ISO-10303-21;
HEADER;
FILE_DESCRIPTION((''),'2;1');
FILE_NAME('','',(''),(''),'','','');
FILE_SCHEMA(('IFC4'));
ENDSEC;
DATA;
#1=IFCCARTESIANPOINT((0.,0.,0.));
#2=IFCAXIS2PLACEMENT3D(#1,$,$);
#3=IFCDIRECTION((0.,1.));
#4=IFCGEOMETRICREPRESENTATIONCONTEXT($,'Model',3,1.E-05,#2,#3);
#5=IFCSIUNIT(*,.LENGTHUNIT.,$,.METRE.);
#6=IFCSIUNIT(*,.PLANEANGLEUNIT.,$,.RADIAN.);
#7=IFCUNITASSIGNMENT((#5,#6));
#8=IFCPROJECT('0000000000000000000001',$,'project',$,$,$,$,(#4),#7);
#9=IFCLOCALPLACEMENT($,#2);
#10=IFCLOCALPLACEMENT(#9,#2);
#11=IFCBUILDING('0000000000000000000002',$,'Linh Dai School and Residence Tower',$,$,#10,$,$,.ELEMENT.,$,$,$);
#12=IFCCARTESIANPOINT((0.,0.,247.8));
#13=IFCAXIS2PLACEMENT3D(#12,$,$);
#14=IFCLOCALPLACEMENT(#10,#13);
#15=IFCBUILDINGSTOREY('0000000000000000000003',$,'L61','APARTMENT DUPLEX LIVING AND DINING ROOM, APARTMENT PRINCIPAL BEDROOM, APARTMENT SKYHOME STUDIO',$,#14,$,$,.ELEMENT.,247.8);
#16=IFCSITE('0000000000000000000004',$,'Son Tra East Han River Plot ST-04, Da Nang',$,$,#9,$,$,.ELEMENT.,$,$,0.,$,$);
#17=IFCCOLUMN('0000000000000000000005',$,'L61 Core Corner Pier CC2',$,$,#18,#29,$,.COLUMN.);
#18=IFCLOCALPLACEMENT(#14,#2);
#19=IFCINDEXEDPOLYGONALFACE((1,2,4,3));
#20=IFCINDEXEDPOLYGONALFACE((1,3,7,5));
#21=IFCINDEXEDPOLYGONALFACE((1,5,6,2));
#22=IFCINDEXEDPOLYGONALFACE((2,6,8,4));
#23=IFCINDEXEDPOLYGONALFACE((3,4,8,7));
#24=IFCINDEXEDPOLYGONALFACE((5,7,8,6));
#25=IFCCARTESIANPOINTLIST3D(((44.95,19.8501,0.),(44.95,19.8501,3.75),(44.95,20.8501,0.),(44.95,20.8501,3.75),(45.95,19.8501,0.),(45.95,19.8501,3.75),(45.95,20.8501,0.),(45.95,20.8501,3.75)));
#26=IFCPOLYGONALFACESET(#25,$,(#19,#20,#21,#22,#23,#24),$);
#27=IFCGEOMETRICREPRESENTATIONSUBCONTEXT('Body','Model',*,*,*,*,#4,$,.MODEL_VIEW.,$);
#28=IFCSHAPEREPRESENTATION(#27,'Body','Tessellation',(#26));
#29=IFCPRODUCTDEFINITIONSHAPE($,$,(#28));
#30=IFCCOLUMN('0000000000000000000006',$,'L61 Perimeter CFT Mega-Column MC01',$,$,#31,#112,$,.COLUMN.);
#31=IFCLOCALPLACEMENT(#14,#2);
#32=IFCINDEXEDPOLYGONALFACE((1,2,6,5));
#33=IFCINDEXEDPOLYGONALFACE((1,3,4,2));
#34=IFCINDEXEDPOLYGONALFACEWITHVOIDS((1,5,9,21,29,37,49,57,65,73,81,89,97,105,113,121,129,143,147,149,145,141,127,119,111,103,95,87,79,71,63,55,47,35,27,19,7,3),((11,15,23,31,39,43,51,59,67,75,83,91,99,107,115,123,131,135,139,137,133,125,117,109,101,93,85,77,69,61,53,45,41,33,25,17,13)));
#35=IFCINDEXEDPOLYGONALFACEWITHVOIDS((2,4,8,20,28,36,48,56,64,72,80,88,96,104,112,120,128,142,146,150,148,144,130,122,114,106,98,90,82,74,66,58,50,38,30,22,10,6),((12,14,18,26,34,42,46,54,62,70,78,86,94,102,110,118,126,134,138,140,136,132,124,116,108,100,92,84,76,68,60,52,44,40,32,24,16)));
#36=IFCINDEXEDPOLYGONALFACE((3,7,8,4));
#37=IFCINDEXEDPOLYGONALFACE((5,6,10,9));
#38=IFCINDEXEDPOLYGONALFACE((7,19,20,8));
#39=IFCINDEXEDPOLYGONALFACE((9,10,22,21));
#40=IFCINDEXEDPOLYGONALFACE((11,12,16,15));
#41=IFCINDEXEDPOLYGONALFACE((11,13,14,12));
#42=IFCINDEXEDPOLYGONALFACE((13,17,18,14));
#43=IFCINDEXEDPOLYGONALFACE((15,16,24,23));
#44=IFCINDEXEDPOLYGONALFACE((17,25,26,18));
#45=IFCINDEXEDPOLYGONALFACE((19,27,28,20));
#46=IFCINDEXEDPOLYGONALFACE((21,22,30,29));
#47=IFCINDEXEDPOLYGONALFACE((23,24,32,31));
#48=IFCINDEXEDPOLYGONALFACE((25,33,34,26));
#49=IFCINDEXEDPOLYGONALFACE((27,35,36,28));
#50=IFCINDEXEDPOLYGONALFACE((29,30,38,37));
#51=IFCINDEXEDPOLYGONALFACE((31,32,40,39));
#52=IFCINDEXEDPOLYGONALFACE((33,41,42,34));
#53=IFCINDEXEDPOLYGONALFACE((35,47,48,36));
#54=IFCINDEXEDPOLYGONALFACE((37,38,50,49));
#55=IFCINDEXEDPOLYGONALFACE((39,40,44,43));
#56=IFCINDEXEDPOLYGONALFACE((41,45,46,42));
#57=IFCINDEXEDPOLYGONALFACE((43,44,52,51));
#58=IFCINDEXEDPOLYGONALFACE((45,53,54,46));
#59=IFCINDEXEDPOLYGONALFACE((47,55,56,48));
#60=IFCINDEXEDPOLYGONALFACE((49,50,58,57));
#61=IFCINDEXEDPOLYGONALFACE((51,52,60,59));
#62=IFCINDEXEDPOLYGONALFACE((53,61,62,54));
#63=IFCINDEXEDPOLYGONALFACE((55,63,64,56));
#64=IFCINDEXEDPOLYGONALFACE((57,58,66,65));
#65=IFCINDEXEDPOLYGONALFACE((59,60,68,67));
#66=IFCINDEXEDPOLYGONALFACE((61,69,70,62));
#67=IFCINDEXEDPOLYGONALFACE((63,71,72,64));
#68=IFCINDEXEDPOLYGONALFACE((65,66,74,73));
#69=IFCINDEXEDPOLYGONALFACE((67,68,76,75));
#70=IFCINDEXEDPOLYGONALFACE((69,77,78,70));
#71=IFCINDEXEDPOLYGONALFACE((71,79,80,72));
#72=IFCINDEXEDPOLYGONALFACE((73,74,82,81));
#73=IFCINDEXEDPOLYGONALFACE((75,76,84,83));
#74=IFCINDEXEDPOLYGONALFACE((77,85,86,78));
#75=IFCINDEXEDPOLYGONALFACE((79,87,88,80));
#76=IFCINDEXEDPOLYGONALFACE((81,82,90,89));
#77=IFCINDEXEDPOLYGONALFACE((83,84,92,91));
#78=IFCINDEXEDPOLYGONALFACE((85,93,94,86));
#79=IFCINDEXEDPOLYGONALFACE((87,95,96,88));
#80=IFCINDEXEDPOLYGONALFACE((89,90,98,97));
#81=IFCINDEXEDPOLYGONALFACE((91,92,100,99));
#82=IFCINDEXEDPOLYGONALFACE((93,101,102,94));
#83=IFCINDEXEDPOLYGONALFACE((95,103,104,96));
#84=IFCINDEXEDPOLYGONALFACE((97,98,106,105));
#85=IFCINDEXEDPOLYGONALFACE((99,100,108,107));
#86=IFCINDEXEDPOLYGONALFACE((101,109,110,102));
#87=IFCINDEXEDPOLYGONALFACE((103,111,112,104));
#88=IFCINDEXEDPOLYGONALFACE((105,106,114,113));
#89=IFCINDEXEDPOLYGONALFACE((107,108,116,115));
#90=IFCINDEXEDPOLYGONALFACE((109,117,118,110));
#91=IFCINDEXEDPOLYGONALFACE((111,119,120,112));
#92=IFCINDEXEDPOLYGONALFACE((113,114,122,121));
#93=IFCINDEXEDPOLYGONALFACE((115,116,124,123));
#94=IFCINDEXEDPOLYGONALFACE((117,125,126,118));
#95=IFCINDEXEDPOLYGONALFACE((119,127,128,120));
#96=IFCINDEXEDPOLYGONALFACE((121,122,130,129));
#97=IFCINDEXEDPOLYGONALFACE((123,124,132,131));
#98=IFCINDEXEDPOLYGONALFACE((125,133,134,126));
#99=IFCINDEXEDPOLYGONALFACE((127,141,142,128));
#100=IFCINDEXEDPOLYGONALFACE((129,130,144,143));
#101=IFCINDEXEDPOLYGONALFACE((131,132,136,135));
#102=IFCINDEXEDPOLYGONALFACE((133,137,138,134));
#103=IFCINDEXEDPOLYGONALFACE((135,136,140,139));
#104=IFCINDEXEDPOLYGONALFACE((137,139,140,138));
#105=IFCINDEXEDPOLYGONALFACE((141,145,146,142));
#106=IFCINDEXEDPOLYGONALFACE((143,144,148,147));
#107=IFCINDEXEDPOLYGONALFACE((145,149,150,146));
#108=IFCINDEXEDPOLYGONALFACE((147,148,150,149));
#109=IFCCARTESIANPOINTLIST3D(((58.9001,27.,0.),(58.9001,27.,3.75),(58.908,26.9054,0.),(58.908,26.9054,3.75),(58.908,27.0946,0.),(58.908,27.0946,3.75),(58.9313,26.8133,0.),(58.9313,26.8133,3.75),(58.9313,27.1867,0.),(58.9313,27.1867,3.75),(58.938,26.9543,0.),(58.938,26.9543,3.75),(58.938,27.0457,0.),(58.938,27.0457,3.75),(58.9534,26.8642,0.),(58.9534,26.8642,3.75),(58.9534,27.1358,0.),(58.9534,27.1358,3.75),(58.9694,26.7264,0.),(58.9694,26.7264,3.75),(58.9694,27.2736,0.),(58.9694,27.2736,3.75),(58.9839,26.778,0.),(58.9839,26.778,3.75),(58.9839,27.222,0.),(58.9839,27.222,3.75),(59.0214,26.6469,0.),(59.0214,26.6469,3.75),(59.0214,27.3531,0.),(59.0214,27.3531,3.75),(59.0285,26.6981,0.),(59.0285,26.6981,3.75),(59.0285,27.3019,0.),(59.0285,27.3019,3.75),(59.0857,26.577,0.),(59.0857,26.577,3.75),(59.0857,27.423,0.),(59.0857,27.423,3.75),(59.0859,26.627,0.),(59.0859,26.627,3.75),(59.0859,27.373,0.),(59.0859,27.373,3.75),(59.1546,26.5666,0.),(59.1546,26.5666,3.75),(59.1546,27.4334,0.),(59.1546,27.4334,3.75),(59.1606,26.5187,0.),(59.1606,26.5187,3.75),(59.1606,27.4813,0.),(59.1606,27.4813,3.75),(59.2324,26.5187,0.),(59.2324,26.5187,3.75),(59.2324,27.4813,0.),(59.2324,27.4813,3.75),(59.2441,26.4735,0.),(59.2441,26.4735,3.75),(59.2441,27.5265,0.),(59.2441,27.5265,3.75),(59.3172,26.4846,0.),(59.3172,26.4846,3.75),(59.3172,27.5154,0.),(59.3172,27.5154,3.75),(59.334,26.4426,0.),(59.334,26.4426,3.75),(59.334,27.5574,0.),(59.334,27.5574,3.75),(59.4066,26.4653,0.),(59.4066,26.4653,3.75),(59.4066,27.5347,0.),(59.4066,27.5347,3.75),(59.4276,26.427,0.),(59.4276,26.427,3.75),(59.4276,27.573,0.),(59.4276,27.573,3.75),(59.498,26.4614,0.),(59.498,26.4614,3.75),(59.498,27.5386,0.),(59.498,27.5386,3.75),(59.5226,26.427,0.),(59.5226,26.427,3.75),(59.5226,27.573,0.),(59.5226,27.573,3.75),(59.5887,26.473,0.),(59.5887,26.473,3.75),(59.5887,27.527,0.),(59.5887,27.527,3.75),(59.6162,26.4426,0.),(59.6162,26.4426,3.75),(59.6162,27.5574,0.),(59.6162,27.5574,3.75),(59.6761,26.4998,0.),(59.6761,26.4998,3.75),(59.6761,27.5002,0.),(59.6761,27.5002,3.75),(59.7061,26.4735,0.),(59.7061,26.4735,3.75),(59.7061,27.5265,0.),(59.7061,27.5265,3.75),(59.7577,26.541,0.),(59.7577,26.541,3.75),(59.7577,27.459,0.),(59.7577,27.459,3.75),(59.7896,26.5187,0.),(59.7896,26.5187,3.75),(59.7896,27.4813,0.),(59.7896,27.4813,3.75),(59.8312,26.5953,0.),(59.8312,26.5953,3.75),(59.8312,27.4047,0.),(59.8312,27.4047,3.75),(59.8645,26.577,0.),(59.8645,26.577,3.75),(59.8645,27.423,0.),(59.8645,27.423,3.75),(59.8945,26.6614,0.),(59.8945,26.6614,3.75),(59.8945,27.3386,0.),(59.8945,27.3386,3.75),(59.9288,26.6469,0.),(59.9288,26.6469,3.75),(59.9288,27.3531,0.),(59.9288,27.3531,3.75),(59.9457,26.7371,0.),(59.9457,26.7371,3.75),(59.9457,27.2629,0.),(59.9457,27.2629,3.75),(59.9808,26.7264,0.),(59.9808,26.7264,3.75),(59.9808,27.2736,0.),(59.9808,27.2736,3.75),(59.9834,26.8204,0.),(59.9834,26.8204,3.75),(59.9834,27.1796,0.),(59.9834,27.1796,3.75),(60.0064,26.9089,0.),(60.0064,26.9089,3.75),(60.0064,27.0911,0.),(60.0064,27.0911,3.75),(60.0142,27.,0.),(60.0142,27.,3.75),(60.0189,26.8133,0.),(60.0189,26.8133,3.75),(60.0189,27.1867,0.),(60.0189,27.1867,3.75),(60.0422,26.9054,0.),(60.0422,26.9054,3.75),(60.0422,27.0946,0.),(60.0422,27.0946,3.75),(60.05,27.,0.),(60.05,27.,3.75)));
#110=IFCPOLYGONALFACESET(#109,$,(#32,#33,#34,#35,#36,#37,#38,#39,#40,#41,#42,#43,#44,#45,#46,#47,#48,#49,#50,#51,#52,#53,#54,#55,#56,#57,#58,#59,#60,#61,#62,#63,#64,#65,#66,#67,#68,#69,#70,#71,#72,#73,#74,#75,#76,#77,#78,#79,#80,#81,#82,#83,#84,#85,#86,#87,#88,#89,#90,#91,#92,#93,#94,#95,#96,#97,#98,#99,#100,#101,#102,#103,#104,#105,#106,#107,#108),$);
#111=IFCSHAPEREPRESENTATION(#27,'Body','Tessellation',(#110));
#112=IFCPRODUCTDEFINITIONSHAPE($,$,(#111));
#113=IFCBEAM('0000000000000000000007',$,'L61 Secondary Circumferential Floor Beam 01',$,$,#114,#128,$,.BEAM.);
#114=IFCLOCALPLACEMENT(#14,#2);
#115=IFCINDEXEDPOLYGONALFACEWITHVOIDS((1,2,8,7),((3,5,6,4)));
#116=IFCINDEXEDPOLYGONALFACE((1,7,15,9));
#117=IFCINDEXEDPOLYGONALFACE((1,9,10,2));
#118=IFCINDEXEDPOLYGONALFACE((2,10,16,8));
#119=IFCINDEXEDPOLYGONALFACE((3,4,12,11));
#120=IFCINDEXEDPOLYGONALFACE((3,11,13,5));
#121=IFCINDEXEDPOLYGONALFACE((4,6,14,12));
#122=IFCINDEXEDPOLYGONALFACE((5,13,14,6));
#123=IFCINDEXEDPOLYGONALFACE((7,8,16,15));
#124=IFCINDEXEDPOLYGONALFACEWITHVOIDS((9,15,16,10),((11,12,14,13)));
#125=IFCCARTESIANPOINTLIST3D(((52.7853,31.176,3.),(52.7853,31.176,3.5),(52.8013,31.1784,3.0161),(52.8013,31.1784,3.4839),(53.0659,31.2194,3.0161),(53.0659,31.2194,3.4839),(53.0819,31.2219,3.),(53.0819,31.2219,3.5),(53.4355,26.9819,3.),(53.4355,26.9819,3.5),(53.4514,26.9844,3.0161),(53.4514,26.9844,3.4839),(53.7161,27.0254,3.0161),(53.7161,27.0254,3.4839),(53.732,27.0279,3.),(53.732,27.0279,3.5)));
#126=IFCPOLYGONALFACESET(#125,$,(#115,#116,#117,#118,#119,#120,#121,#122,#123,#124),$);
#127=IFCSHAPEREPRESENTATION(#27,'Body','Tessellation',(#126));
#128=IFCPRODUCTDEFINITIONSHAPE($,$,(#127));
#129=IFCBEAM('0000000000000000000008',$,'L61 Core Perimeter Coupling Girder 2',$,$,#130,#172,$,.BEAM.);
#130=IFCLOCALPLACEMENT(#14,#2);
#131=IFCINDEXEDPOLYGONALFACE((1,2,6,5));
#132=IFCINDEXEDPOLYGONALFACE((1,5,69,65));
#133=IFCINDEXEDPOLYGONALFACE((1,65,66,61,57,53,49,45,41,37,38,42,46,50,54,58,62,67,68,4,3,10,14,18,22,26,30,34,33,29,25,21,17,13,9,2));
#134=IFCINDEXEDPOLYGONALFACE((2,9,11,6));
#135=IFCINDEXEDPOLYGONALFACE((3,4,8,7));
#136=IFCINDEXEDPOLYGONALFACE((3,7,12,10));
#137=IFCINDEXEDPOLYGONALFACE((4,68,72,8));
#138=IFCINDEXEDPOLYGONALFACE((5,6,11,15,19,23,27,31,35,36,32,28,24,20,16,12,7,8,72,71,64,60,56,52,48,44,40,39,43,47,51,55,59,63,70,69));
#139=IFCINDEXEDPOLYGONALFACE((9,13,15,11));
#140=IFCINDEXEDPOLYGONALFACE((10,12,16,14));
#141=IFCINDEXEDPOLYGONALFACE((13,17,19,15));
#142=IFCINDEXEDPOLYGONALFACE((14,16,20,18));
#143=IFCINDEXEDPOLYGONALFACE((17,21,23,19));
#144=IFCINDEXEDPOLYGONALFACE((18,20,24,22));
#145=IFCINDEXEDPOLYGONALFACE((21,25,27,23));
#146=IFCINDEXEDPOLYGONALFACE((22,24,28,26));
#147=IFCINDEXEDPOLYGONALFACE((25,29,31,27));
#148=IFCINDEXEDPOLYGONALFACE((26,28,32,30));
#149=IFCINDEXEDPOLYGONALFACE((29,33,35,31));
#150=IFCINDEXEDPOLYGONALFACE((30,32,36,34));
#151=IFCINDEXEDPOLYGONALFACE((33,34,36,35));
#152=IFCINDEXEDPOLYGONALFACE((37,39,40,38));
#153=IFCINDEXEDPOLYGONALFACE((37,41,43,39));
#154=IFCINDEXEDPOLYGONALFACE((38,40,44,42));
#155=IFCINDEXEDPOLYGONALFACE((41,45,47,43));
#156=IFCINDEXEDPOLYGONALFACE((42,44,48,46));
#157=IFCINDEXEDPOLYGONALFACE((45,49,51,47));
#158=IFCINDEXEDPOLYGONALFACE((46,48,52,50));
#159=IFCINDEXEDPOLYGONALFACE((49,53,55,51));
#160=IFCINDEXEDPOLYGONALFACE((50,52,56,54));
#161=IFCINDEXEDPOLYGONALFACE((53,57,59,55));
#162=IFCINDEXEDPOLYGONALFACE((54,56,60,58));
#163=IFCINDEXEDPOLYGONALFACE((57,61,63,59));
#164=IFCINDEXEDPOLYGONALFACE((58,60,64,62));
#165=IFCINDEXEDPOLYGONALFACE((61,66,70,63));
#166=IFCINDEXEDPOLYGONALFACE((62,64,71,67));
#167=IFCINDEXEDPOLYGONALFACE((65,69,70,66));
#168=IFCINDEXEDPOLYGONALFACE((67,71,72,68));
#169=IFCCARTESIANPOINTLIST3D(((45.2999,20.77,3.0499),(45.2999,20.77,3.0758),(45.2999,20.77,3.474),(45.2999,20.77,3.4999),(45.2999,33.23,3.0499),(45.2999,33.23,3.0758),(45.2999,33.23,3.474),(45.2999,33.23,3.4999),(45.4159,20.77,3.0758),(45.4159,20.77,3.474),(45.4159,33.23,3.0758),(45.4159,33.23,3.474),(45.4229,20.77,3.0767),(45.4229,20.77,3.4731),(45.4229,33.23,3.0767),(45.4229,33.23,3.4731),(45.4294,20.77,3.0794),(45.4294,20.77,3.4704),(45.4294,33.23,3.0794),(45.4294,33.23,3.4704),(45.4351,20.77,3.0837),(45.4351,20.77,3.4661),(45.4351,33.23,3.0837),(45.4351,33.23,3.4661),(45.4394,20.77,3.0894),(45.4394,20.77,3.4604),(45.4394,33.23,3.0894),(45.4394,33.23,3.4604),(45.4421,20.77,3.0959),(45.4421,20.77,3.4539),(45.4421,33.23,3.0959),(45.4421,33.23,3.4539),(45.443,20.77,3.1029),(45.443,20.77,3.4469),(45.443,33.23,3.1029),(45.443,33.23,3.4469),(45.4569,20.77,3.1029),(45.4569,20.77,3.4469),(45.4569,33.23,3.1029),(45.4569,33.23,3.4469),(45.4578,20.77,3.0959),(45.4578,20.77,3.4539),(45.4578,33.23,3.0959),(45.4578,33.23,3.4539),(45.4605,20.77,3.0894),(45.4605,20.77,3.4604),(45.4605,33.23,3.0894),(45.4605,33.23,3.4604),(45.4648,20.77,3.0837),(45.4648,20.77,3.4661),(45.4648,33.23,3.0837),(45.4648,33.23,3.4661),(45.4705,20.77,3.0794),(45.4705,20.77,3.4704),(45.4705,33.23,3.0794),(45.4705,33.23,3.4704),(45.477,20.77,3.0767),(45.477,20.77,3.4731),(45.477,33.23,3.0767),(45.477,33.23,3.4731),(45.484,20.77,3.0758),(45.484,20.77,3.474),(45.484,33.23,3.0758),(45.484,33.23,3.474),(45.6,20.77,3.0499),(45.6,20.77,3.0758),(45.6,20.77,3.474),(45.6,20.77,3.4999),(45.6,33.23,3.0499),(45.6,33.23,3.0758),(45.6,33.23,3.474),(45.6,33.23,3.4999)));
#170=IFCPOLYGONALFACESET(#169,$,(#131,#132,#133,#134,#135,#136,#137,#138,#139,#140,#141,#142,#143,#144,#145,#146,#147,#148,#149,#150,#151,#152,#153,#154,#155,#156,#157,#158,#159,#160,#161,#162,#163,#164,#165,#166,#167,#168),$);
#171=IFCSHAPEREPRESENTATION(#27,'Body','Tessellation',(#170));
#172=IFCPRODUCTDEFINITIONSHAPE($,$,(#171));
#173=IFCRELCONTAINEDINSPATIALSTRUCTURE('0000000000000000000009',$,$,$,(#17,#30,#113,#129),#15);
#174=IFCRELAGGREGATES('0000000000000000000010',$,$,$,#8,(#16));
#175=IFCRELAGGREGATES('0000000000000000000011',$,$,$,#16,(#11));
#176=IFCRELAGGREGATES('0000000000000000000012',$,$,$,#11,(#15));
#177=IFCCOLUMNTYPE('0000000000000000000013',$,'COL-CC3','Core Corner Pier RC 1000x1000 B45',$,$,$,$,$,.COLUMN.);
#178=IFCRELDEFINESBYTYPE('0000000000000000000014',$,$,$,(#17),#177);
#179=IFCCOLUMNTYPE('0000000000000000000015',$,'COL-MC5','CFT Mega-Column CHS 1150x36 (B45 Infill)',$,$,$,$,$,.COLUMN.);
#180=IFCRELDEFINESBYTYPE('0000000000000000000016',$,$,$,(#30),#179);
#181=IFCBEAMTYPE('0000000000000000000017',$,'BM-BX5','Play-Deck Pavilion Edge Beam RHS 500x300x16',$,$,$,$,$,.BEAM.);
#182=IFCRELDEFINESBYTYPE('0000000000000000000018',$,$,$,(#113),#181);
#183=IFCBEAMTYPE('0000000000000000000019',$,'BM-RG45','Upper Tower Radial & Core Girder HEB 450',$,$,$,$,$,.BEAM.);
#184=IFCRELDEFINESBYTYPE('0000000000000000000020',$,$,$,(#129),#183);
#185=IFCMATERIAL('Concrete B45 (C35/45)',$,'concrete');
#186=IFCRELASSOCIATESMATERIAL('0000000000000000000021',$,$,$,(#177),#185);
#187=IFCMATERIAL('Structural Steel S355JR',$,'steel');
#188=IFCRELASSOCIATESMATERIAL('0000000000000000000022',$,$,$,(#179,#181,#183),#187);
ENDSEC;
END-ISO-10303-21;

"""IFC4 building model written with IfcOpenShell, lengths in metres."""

from ifc_helpers import new_model, si_unit, direction, frame, origin, origin_2d, place, context, subcontext, project, spatial, rectangle, hollow_rectangle, hollow_circle, i_section, extrude, material, material_profile, profile_set, type_object, element, save


model = new_model("IFC4")

# Units and contexts
model_context = context("Model", 3, precision=1e-05, world=origin(), true_north=direction((0.0, 1.0)))
body_context = subcontext(model_context, "Body", "Model", "MODEL_VIEW")
ifc_project = project(units=[si_unit("LENGTHUNIT", "METRE"), si_unit("PLANEANGLEUNIT", "RADIAN")], contexts=[model_context])

# Site, building, storey
site_placement = place(None, origin())
site = spatial("IfcSite", under=ifc_project, at=site_placement, Name="Son Tra East Han River Plot ST-04, Da Nang", CompositionType="ELEMENT", RefElevation=0.0)
building_placement = place(site_placement, origin())
building = spatial("IfcBuilding", under=site, at=building_placement, Name="Linh Dai School and Residence Tower", CompositionType="ELEMENT")
storey_placement = place(building_placement, frame((0.0, 0.0, 247.8)))
storey = spatial("IfcBuildingStorey", under=building, at=storey_placement, Name="L61", Description="APARTMENT DUPLEX LIVING AND DINING ROOM, APARTMENT PRINCIPAL BEDROOM, APARTMENT SKYHOME STUDIO", CompositionType="ELEMENT", Elevation=247.8)

# Columns
ifc_material_1 = material(Name="Concrete B45 (C35/45)", Category="concrete")
ifc_material_profile_1 = material_profile(ifc_material_1, rectangle(XDim=1.0, YDim=1.0, at=origin_2d()), Name="RC 1000x1000")
ifc_profile_set_1 = profile_set([ifc_material_profile_1], Name="Concrete B45 (C35/45)")
column_type_1 = type_object("IfcColumnType", Name="COL-CC3", Description="Core Corner Pier RC 1000x1000 B45", PredefinedType="COLUMN", material=ifc_profile_set_1)
column_1_placement = place(storey_placement, frame((45.45, 20.3501, 0.0), z_axis=(0.0, 0.0, 1.0), x_axis=(1.0, 0.0, 0.0)))
element("IfcColumn", 1, at=column_1_placement, inside=storey, type_object=column_type_1, Name="L61 Core Corner Pier CC2", PredefinedType="COLUMN", context=body_context, shape_type="SweptSolid", body=[
    extrude(rectangle(XDim=1.0, YDim=1.0, at=origin_2d()), origin(), (0.0, 0.0, 1.0), 3.75),
])
ifc_material_2 = material(Name="Structural Steel S355JR", Category="steel")
ifc_material_profile_2 = material_profile(ifc_material_2, hollow_circle(Radius=0.575, WallThickness=0.0359, at=origin_2d()), Name="CHS 1150x36")
ifc_profile_set_2 = profile_set([ifc_material_profile_2], Name="Structural Steel S355JR")
column_type_2 = type_object("IfcColumnType", Name="COL-MC5", Description="CFT Mega-Column CHS 1150x36 (B45 Infill)", PredefinedType="COLUMN", material=ifc_profile_set_2)
column_2_placement = place(storey_placement, frame((59.4751, 27.0, 0.0), z_axis=(0.0, 0.0, 1.0), x_axis=(1.0, 0.0, 0.0)))
element("IfcColumn", 2, at=column_2_placement, inside=storey, type_object=column_type_2, Name="L61 Perimeter CFT Mega-Column MC01", PredefinedType="COLUMN", context=body_context, shape_type="SweptSolid", body=[
    extrude(hollow_circle(Radius=0.575, WallThickness=0.0359, at=origin_2d()), origin(), (0.0, 0.0, 1.0), 3.75),
])

# Beams
ifc_material_profile_3 = material_profile(ifc_material_2, hollow_rectangle(XDim=0.3, YDim=0.5, WallThickness=0.0161, at=origin_2d()), Name="RHS 500x300x16")
ifc_profile_set_3 = profile_set([ifc_material_profile_3], Name="Structural Steel S355JR")
beam_type_1 = type_object("IfcBeamType", Name="BM-BX5", Description="Play-Deck Pavilion Edge Beam RHS 500x300x16", PredefinedType="BEAM", material=ifc_profile_set_3)
beam_1_placement = place(storey_placement, frame((53.5837, 27.0049, 3.25), z_axis=(-0.153185, 0.988197, 0.0), x_axis=(-0.988197, -0.153185, 0.0)))
element("IfcBeam", 3, at=beam_1_placement, inside=storey, type_object=beam_type_1, Name="L61 Secondary Circumferential Floor Beam 01", PredefinedType="BEAM", context=body_context, shape_type="SweptSolid", body=[
    extrude(hollow_rectangle(XDim=0.3, YDim=0.5, WallThickness=0.0161, at=origin_2d()), origin(), (0.0, 0.0, 1.0), 4.2441),
])
ifc_material_profile_4 = material_profile(ifc_material_2, i_section(OverallWidth=0.3, OverallDepth=0.45, WebThickness=0.0139, FlangeThickness=0.0259, FilletRadius=0.0271, at=origin_2d()), Name="HEB 450")
ifc_profile_set_4 = profile_set([ifc_material_profile_4], Name="Structural Steel S355JR")
beam_type_2 = type_object("IfcBeamType", Name="BM-RG45", Description="Upper Tower Radial & Core Girder HEB 450", PredefinedType="BEAM", material=ifc_profile_set_4)
beam_2_placement = place(storey_placement, frame((45.45, 20.77, 3.2749), z_axis=(0.0, 1.0, 0.0), x_axis=(-1.0, 0.0, 0.0)))
element("IfcBeam", 4, at=beam_2_placement, inside=storey, type_object=beam_type_2, Name="L61 Core Perimeter Coupling Girder 2", PredefinedType="BEAM", context=body_context, shape_type="SweptSolid", body=[
    extrude(i_section(OverallWidth=0.3, OverallDepth=0.45, WebThickness=0.0139, FlangeThickness=0.0259, FilletRadius=0.0271, at=origin_2d()), origin(), (0.0, 0.0, 1.0), 12.46),
])

save(model, "model.ifc")
